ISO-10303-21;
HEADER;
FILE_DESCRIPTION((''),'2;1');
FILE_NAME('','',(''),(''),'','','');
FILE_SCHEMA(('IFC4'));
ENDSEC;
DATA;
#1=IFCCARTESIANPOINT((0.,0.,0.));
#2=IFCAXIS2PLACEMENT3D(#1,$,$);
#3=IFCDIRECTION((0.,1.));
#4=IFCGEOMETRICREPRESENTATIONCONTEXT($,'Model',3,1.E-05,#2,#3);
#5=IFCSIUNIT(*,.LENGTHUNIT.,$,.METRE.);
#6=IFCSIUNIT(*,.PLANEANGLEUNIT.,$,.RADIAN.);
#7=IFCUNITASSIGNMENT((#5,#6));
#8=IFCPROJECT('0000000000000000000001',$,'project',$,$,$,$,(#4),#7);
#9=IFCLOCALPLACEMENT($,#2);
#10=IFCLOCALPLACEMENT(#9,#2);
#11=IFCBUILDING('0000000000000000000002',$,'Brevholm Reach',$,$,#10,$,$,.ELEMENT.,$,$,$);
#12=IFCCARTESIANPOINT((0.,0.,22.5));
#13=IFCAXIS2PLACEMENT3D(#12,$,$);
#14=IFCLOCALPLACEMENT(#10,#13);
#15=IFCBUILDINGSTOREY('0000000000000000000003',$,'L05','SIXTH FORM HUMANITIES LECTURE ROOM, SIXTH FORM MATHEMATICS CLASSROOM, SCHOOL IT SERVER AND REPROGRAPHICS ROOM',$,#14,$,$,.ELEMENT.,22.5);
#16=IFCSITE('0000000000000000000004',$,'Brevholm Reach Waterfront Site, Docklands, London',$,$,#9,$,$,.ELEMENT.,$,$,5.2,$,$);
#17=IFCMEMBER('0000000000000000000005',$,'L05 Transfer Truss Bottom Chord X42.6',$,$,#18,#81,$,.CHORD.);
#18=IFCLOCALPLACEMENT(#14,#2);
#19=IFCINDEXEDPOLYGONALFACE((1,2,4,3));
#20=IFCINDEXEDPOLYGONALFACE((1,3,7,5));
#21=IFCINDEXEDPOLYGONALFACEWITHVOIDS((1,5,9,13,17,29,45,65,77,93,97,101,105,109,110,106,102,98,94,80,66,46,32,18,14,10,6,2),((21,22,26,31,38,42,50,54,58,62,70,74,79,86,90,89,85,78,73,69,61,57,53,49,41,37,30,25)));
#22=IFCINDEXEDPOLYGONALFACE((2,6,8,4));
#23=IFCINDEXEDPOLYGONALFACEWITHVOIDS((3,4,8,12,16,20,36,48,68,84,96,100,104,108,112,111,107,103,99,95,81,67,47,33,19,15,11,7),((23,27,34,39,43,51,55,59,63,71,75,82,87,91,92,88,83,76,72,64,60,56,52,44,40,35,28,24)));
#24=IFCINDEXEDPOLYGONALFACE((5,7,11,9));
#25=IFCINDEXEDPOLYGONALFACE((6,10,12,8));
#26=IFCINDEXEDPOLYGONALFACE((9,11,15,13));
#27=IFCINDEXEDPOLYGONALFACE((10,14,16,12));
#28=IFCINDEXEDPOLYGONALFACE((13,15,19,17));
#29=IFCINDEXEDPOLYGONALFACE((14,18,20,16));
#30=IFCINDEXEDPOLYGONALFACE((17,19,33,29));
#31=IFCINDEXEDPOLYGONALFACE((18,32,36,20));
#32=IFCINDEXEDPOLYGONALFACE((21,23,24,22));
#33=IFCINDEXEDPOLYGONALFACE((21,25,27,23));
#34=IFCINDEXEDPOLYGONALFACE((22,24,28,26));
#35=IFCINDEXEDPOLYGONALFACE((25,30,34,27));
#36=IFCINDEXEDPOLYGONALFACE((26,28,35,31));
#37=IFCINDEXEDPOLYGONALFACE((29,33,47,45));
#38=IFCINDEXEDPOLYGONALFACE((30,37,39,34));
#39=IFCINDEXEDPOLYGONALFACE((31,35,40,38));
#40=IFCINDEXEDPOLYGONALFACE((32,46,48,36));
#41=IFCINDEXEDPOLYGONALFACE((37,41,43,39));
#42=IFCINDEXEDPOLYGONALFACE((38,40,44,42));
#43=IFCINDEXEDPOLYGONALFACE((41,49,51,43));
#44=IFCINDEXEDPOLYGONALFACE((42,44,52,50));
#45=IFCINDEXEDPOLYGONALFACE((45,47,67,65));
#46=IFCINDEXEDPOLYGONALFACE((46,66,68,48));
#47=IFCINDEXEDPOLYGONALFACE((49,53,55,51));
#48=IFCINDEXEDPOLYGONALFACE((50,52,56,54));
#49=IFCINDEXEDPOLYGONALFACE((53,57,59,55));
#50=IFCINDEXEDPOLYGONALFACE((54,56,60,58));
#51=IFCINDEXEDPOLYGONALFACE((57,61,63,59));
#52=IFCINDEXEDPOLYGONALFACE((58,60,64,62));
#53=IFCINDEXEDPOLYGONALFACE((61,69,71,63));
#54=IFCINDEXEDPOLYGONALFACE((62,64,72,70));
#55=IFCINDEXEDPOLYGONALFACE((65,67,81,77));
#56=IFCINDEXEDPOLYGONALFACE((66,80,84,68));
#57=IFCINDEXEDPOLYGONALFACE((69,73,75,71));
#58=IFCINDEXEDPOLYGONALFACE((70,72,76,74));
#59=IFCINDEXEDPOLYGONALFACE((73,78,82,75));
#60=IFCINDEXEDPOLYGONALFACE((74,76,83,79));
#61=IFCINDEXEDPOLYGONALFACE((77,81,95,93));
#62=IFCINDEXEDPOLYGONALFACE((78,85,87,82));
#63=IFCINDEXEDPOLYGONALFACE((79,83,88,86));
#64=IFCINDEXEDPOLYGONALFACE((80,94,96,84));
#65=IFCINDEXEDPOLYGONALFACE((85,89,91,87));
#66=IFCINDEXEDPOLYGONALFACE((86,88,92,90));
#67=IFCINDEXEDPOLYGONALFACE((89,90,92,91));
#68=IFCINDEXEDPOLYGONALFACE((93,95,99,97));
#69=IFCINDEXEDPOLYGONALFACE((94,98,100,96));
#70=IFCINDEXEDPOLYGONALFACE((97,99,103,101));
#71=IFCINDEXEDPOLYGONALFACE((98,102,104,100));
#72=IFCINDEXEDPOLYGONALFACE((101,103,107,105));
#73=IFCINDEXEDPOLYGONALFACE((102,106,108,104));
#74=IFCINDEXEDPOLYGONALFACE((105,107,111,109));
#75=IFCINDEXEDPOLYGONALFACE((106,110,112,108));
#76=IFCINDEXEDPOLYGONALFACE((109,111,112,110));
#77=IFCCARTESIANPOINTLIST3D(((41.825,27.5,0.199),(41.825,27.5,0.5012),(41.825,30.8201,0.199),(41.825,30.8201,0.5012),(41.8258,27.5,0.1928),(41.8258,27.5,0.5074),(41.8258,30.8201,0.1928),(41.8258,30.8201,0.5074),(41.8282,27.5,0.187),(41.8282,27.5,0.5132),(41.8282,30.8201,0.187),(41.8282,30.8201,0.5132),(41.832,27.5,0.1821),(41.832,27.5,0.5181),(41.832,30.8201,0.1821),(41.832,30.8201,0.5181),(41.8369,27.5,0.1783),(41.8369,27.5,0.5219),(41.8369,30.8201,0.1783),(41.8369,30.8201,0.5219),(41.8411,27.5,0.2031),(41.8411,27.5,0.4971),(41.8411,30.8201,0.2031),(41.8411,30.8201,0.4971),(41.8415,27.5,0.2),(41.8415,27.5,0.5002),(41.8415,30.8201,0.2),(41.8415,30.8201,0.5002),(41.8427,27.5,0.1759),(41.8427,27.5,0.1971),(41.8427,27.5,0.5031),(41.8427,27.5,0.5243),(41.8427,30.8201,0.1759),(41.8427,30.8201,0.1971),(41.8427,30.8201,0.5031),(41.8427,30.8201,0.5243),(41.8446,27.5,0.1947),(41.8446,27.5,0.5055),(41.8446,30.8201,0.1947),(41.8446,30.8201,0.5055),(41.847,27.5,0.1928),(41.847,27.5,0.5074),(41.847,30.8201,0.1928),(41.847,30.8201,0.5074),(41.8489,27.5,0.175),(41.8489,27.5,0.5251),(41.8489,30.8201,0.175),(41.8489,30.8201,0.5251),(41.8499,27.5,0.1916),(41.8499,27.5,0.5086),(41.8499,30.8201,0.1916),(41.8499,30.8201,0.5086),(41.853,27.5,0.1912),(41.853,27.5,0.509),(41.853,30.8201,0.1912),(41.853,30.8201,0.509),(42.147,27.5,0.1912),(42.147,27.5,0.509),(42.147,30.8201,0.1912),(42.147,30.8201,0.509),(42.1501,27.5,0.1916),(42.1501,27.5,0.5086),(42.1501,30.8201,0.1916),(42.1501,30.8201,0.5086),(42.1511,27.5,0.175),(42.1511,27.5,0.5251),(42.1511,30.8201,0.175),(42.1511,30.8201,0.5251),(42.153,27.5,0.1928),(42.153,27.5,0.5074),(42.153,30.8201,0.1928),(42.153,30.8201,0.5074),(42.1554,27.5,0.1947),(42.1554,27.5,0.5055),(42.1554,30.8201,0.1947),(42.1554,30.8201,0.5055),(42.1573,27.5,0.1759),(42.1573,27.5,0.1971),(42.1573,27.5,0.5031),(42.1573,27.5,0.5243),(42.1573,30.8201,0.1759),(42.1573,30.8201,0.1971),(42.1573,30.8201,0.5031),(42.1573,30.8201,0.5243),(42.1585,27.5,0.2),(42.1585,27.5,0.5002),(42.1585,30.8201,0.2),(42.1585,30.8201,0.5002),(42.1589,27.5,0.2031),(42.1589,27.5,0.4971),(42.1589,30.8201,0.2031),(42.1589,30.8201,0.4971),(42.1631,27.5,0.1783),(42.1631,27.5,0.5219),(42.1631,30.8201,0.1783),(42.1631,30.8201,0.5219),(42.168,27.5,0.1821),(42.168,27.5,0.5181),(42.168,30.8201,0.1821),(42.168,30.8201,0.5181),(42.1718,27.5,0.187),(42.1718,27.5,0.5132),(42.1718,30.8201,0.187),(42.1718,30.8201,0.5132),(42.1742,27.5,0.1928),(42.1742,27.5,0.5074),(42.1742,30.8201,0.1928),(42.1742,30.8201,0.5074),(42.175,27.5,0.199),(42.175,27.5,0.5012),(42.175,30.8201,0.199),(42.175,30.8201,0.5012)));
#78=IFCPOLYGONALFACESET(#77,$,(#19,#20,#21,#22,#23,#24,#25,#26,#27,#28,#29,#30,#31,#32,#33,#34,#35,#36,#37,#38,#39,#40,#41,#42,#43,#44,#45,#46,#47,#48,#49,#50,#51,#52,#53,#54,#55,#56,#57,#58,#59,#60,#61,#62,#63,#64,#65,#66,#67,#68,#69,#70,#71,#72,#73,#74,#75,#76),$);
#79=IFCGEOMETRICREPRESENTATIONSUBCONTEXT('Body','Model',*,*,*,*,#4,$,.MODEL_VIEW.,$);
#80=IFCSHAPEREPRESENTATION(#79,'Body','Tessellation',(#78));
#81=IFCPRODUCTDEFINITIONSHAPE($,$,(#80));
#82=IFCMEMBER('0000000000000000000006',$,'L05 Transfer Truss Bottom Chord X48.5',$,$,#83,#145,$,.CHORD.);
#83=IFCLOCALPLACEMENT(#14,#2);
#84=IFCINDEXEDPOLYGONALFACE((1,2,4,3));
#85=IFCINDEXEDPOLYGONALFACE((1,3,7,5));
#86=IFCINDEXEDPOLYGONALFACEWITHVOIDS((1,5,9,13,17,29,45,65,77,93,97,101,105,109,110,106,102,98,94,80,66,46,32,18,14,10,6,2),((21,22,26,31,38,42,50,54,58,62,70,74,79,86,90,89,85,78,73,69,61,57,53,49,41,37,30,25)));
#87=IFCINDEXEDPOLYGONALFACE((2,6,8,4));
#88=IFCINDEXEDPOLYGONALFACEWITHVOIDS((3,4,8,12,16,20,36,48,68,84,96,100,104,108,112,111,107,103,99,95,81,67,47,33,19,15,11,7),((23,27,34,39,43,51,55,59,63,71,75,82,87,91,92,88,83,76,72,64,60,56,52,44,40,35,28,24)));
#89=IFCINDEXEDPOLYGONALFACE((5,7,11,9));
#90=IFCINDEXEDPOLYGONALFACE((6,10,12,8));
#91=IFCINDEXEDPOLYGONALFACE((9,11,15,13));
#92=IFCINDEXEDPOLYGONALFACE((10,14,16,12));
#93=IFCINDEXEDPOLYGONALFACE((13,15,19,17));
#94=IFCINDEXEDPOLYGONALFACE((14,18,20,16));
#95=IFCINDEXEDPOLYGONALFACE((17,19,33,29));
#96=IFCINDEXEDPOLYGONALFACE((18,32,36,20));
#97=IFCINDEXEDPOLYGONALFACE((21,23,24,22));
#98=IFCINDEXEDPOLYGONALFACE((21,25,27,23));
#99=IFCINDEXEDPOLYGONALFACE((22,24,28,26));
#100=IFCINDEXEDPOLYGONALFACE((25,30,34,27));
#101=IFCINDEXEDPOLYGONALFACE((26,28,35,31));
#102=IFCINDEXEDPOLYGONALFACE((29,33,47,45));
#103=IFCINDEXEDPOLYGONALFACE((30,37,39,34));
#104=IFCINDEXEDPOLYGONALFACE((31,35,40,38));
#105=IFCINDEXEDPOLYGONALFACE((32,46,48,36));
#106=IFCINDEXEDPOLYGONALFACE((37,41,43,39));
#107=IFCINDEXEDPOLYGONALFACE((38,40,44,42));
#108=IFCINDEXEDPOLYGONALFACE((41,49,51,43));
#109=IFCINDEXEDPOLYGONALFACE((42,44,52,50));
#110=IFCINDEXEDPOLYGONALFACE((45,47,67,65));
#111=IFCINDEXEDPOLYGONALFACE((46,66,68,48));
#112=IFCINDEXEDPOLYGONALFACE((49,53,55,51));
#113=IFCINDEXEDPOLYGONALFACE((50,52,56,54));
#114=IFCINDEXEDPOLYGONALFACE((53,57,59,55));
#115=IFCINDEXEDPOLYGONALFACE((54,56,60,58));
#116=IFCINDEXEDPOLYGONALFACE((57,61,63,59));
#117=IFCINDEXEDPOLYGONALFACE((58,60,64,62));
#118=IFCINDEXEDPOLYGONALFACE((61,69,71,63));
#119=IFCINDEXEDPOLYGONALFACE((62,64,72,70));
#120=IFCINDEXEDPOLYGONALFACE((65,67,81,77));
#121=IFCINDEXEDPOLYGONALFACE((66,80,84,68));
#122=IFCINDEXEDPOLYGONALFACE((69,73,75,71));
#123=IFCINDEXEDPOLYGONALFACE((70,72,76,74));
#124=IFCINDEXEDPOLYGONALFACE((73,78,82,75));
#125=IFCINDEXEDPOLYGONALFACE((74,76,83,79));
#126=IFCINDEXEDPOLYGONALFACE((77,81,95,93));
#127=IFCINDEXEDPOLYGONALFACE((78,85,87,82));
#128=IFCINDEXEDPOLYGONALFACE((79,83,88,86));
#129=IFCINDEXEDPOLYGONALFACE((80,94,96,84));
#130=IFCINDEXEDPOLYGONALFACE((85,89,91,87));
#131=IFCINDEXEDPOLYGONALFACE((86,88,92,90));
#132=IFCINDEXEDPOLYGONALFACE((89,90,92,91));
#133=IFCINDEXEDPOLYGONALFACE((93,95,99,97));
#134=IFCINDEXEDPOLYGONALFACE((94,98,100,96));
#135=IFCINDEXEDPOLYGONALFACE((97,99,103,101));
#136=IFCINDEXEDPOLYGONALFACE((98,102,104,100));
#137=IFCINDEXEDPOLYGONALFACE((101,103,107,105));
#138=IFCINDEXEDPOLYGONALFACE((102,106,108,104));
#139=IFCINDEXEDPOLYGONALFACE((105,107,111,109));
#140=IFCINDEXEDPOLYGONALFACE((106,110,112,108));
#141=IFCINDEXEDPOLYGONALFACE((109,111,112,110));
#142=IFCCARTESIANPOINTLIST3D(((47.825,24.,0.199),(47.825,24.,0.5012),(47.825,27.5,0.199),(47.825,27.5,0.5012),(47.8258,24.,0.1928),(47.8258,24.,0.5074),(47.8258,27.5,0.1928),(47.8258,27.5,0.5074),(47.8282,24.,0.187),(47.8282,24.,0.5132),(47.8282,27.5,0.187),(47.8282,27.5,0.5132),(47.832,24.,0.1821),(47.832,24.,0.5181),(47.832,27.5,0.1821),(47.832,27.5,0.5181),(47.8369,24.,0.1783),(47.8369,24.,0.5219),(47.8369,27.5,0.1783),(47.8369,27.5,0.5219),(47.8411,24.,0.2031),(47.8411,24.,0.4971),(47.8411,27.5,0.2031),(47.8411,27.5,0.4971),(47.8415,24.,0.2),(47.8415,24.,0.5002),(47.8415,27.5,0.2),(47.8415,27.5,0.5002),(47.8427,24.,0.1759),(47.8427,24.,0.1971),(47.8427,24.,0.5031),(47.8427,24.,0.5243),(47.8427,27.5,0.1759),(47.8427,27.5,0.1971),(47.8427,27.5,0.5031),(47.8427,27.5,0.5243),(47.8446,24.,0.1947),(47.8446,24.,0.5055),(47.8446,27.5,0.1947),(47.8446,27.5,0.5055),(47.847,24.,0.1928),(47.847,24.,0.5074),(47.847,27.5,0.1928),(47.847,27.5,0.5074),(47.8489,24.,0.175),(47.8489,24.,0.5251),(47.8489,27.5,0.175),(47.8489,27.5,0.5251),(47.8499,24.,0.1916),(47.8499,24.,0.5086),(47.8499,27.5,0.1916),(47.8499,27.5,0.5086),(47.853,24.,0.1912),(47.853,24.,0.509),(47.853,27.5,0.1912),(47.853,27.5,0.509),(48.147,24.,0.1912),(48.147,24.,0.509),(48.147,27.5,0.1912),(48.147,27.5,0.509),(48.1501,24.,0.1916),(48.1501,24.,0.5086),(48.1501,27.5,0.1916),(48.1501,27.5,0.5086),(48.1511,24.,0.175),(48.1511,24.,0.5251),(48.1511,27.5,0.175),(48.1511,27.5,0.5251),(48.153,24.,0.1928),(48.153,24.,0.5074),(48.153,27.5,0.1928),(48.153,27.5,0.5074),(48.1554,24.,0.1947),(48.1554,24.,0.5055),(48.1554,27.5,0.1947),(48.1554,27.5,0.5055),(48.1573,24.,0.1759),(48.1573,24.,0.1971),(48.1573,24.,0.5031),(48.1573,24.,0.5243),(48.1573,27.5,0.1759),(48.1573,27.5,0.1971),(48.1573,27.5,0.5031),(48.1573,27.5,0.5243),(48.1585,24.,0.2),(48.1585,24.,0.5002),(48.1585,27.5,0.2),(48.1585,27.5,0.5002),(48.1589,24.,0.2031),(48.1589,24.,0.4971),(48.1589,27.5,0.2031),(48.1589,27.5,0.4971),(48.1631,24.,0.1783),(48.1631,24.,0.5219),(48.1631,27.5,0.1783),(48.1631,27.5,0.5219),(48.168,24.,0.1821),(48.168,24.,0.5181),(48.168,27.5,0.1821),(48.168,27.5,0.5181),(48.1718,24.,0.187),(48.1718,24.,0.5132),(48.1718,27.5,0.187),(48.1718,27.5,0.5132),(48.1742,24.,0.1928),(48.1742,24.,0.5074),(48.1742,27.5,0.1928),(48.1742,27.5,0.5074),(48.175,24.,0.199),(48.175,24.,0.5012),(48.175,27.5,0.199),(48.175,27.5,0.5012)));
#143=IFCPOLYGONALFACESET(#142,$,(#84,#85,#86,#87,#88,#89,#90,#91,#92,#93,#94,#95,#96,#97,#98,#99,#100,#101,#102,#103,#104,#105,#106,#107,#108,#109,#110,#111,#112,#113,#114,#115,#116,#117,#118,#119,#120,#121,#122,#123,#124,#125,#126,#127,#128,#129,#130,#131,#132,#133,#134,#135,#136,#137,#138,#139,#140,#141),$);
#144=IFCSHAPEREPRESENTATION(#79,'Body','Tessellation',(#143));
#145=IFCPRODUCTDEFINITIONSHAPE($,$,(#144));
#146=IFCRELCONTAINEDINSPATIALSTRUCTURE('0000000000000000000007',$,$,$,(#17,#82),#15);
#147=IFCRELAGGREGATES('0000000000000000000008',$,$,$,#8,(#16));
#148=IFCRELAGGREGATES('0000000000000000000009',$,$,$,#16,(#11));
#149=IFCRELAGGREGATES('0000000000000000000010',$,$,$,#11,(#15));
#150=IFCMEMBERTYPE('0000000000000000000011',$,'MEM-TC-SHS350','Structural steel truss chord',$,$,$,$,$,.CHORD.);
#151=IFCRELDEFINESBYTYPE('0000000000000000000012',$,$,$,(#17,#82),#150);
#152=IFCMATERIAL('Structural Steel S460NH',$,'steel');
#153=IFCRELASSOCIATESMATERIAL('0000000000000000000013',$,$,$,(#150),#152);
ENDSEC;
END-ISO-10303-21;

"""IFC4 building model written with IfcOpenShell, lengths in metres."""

from ifc_helpers import new_model, si_unit, direction, frame, origin, origin_2d, place, context, subcontext, project, spatial, hollow_rectangle, extrude, material, material_profile, profile_set, type_object, element, save


model = new_model("IFC4")

# Units and contexts
model_context = context("Model", 3, precision=1e-05, world=origin(), true_north=direction((0.0, 1.0)))
body_context = subcontext(model_context, "Body", "Model", "MODEL_VIEW")
ifc_project = project(units=[si_unit("LENGTHUNIT", "METRE"), si_unit("PLANEANGLEUNIT", "RADIAN")], contexts=[model_context])

# Site, building, storey
site_placement = place(None, origin())
site = spatial("IfcSite", under=ifc_project, at=site_placement, Name="Brevholm Reach Waterfront Site, Docklands, London", CompositionType="ELEMENT", RefElevation=5.2)
building_placement = place(site_placement, origin())
building = spatial("IfcBuilding", under=site, at=building_placement, Name="Brevholm Reach", CompositionType="ELEMENT")
storey_placement = place(building_placement, frame((0.0, 0.0, 22.5)))
storey = spatial("IfcBuildingStorey", under=building, at=storey_placement, Name="L05", Description="SIXTH FORM HUMANITIES LECTURE ROOM, SIXTH FORM MATHEMATICS CLASSROOM, SCHOOL IT SERVER AND REPROGRAPHICS ROOM", CompositionType="ELEMENT", Elevation=22.5)

# Members
ifc_material_1 = material(Name="Structural Steel S460NH", Category="steel")
ifc_material_profile_1 = material_profile(ifc_material_1, hollow_rectangle(XDim=0.3501, YDim=0.3501, WallThickness=0.0161, InnerFilletRadius=0.012, OuterFilletRadius=0.0239, at=origin_2d()), Name="SHS 350x350x16")
ifc_profile_set_1 = profile_set([ifc_material_profile_1], Name="Structural Steel S460NH")
member_type_1 = type_object("IfcMemberType", Name="MEM-TC-SHS350", Description="Structural steel truss chord", PredefinedType="CHORD", material=ifc_profile_set_1)
member_1_placement = place(storey_placement, frame((42.0, 27.5, 0.3501), z_axis=(0.0, 1.0, 0.0), x_axis=(-1.0, 0.0, 0.0)))
element("IfcMember", 1, at=member_1_placement, inside=storey, type_object=member_type_1, Name="L05 Transfer Truss Bottom Chord X42.6", PredefinedType="CHORD", context=body_context, shape_type="SweptSolid", body=[
    extrude(hollow_rectangle(XDim=0.3501, YDim=0.3501, WallThickness=0.0161, InnerFilletRadius=0.012, OuterFilletRadius=0.0239, at=origin_2d()), origin(), (0.0, 0.0, 1.0), 3.3201),
])
member_2_placement = place(storey_placement, frame((48.0, 24.0, 0.3501), z_axis=(0.0, 1.0, 0.0), x_axis=(-1.0, 0.0, 0.0)))
element("IfcMember", 2, at=member_2_placement, inside=storey, type_object=member_type_1, Name="L05 Transfer Truss Bottom Chord X48.5", PredefinedType="CHORD", context=body_context, shape_type="SweptSolid", body=[
    extrude(hollow_rectangle(XDim=0.3501, YDim=0.3501, WallThickness=0.0161, InnerFilletRadius=0.012, OuterFilletRadius=0.0239, at=origin_2d()), origin(), (0.0, 0.0, 1.0), 3.5),
])

save(model, "model.ifc")
